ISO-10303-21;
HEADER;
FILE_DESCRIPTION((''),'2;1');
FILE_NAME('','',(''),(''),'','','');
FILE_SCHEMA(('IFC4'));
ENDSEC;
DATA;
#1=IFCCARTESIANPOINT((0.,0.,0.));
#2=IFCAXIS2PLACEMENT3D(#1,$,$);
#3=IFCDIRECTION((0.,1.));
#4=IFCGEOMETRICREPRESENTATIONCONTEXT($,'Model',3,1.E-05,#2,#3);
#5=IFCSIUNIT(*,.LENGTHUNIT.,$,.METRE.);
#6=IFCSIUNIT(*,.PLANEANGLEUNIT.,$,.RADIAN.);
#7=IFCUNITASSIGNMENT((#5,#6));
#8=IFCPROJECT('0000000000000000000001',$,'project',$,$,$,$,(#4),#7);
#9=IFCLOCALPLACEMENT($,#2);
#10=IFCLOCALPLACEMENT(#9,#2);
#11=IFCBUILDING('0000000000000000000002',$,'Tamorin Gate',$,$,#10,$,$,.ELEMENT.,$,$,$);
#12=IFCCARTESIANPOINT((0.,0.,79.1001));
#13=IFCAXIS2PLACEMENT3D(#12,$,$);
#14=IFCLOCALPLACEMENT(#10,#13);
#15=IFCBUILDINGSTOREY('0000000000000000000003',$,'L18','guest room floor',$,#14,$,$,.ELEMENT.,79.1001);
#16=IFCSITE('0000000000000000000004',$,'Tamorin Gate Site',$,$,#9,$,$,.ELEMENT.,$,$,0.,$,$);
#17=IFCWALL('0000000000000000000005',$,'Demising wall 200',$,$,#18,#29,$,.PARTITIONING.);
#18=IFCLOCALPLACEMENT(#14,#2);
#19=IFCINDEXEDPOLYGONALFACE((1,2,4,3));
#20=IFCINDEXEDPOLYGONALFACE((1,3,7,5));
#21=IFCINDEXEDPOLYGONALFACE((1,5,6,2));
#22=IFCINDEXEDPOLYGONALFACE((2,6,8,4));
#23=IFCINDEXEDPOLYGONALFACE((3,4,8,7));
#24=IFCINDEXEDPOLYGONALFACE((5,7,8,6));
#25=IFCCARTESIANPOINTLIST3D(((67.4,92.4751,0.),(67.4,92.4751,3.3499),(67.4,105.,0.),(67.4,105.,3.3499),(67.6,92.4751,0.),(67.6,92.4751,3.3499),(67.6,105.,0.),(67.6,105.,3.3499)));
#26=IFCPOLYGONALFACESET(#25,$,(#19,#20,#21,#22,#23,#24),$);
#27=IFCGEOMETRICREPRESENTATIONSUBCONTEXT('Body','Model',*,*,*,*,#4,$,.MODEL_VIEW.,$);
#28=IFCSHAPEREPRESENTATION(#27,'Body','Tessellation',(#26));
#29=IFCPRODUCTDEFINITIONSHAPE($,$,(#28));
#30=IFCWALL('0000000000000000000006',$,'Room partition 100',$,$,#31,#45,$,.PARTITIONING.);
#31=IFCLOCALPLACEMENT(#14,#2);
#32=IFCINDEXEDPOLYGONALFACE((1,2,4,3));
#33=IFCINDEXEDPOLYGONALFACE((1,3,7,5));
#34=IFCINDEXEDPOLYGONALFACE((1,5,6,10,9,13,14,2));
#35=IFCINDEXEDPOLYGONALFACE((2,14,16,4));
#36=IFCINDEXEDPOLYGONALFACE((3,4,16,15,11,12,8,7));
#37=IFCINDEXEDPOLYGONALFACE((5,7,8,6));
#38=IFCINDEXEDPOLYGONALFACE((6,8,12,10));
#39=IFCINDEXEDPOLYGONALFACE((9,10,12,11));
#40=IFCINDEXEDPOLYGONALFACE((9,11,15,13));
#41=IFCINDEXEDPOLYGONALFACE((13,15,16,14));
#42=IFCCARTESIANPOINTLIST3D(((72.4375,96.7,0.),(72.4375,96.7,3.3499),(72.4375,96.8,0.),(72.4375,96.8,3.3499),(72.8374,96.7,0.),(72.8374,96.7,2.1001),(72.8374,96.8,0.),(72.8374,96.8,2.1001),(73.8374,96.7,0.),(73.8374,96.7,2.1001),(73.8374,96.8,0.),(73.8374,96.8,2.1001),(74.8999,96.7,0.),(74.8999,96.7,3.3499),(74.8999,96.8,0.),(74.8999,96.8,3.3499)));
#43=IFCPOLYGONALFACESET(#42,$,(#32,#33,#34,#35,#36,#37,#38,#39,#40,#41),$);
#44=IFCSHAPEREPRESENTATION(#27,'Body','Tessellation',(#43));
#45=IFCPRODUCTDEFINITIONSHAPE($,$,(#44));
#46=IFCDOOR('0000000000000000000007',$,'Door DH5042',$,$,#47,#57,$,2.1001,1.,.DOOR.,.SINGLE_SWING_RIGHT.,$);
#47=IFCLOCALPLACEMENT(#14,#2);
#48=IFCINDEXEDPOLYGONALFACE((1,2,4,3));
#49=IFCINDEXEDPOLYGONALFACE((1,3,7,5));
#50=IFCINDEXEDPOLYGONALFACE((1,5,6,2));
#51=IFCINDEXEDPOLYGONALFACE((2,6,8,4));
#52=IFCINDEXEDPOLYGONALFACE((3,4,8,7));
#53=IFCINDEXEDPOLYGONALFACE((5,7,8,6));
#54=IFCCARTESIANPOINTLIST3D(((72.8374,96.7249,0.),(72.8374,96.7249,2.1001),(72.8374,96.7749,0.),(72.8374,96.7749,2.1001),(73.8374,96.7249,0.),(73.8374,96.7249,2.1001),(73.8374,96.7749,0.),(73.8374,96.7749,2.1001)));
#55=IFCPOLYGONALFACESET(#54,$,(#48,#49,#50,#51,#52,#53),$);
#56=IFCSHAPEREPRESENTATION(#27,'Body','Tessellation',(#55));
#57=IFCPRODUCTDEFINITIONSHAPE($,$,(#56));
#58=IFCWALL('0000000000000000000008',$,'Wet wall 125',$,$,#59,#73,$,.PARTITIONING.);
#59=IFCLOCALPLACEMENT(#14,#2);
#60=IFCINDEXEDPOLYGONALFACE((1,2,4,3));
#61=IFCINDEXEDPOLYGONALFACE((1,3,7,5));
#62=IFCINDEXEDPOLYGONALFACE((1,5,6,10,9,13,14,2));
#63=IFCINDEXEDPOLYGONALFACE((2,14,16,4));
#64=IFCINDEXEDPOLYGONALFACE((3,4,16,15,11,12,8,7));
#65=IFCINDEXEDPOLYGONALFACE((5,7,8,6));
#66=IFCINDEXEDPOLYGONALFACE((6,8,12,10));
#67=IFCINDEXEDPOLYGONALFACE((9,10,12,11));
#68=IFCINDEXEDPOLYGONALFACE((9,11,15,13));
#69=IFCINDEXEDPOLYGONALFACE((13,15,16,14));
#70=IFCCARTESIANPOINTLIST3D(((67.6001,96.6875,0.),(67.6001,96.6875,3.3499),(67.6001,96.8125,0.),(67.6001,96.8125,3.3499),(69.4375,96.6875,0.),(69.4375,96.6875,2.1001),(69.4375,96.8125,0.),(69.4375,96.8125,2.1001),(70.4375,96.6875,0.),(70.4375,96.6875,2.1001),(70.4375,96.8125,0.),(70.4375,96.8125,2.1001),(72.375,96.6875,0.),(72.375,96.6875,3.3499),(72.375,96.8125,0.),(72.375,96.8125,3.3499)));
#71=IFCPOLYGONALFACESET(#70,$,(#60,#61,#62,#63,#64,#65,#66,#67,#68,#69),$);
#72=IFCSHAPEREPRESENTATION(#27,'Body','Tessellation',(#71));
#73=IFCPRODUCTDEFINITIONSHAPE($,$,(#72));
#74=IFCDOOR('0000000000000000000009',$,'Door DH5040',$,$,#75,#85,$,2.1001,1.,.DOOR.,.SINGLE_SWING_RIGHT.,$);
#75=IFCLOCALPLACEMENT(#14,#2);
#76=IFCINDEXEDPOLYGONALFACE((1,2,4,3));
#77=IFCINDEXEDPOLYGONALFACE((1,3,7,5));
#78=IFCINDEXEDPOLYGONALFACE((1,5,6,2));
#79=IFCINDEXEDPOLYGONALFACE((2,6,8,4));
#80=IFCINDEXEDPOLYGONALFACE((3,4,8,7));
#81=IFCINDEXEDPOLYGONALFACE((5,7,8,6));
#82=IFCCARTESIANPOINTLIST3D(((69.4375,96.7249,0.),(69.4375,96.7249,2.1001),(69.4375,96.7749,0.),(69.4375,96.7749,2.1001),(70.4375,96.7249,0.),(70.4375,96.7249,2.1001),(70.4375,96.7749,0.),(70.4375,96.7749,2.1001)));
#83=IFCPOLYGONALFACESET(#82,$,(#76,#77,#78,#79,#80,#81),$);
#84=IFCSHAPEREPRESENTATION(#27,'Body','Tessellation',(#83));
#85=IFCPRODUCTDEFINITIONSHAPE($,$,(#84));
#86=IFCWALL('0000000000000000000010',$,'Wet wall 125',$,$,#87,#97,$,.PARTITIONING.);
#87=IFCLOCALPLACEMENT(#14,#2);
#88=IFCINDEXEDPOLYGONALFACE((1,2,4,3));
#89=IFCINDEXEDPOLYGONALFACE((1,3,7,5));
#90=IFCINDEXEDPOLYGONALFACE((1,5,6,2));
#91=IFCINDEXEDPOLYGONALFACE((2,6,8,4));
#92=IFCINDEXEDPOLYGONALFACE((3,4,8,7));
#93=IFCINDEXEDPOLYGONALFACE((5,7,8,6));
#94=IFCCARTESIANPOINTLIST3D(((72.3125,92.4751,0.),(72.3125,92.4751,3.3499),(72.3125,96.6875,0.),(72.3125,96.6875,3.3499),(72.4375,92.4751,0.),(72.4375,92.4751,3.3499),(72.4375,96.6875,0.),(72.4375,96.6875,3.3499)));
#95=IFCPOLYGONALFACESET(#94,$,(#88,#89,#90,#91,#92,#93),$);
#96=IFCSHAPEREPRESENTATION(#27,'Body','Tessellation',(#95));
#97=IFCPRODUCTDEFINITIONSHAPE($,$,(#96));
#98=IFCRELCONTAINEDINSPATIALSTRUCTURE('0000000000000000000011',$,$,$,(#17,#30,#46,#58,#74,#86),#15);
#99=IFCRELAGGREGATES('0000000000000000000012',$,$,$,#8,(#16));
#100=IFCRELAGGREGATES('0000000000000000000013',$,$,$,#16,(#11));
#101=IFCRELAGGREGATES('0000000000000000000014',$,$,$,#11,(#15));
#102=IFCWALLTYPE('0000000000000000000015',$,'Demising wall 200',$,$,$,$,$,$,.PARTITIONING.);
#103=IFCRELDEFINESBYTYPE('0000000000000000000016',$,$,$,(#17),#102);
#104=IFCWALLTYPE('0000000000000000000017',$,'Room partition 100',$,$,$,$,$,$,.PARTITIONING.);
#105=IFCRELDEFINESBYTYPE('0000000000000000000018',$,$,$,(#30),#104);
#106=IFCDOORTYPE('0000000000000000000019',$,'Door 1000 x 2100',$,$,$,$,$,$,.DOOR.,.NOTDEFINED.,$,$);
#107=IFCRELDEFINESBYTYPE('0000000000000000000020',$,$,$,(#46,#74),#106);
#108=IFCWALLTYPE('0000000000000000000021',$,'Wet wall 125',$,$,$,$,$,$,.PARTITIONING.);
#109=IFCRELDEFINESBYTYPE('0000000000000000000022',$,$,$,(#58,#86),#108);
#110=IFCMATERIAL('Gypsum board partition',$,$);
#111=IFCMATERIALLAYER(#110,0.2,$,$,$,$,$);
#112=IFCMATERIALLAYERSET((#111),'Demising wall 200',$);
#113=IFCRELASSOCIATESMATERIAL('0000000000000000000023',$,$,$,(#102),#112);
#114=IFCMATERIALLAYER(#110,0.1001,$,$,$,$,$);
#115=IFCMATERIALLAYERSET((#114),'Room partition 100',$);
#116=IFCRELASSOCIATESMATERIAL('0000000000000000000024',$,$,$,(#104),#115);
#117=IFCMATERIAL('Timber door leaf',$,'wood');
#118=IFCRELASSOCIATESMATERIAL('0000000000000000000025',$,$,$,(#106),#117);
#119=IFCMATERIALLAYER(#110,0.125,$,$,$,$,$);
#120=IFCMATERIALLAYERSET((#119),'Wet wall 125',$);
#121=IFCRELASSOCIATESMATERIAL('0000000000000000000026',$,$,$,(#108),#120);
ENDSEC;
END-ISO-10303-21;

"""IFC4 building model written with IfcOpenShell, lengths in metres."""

from ifc_helpers import new_model, si_unit, direction, frame, frame_2d, origin, place, context, subcontext, project, spatial, rectangle, extrude, material, layer, layer_set, type_object, element, fill, save


model = new_model("IFC4")

# Units and contexts
model_context = context("Model", 3, precision=1e-05, world=origin(), true_north=direction((0.0, 1.0)))
body_context = subcontext(model_context, "Body", "Model", "MODEL_VIEW")
ifc_project = project(units=[si_unit("LENGTHUNIT", "METRE"), si_unit("PLANEANGLEUNIT", "RADIAN")], contexts=[model_context])

# Site, building, storey
site_placement = place(None, origin())
site = spatial("IfcSite", under=ifc_project, at=site_placement, Name="Tamorin Gate Site", CompositionType="ELEMENT", RefElevation=0.0)
building_placement = place(site_placement, origin())
building = spatial("IfcBuilding", under=site, at=building_placement, Name="Tamorin Gate", CompositionType="ELEMENT")
storey_placement = place(building_placement, frame((0.0, 0.0, 79.1001)))
storey = spatial("IfcBuildingStorey", under=building, at=storey_placement, Name="L18", Description="guest room floor", CompositionType="ELEMENT", Elevation=79.1001)

# Wall
ifc_material_1 = material(Name="Gypsum board partition")
ifc_layer_1 = layer(ifc_material_1, 0.2)
ifc_layer_set_1 = layer_set([ifc_layer_1], Name="Demising wall 200")
wall_type_1 = type_object("IfcWallType", Name="Demising wall 200", PredefinedType="PARTITIONING", material=ifc_layer_set_1)
wall_1_placement = place(storey_placement, frame((67.5, 92.4751, 0.0), z_axis=(0.0, 0.0, 1.0), x_axis=(0.0, 1.0, 0.0)))
element("IfcWall", 1, at=wall_1_placement, inside=storey, type_object=wall_type_1, Name="Demising wall 200", PredefinedType="PARTITIONING", context=body_context, shape_type="SweptSolid", body=[
    extrude(rectangle(XDim=12.5249, YDim=0.2, at=frame_2d((6.2625, 0.0))), origin(), (0.0, 0.0, 1.0), 3.3499),
])

# Walls, openings, doors
ifc_layer_2 = layer(ifc_material_1, 0.1001)
ifc_layer_set_2 = layer_set([ifc_layer_2], Name="Room partition 100")
wall_type_2 = type_object("IfcWallType", Name="Room partition 100", PredefinedType="PARTITIONING", material=ifc_layer_set_2)
wall_2_placement = place(storey_placement, frame((72.4375, 96.75, 0.0), z_axis=(0.0, 0.0, 1.0), x_axis=(1.0, 0.0, 0.0)))
wall_2 = element("IfcWall", 2, at=wall_2_placement, inside=storey, type_object=wall_type_2, Name="Room partition 100", PredefinedType="PARTITIONING", context=body_context, shape_type="SweptSolid", body=[
    extrude(rectangle(XDim=2.4624, YDim=0.1001, at=frame_2d((1.2312, 0.0))), origin(), (0.0, 0.0, 1.0), 3.3499),
])
opening_1_placement = place(wall_2_placement, frame((0.3999, 0.0, 0.0)))
opening_1 = element("IfcOpeningElement", 3, at=opening_1_placement, cuts=wall_2, PredefinedType="OPENING", context=body_context, shape_type="SweptSolid", body=[
    extrude(rectangle(XDim=1.0, YDim=2.1001, at=frame_2d((0.5, 1.05))), frame((0.0, 0.0601, 0.0), z_axis=(0.0, -1.0, 0.0), x_axis=(1.0, 0.0, 0.0)), (0.0, 0.0, 1.0), 0.1201),
])
ifc_material_2 = material(Name="Timber door leaf", Category="wood")
door_type = type_object("IfcDoorType", Name="Door 1000 x 2100", OperationType="NOTDEFINED", PredefinedType="DOOR", material=ifc_material_2)
door_1_placement = place(opening_1_placement, origin())
door_1 = element("IfcDoor", 4, at=door_1_placement, inside=storey, type_object=door_type, Name="Door DH5042", OperationType="SINGLE_SWING_RIGHT", OverallHeight=2.1001, OverallWidth=1.0, PredefinedType="DOOR", context=body_context, shape_type="SweptSolid", body=[
    extrude(rectangle(XDim=1.0, YDim=2.1001, at=frame_2d((0.5, 1.05))), frame((0.0, 0.0249, 0.0), z_axis=(0.0, -1.0, 0.0), x_axis=(1.0, 0.0, 0.0)), (0.0, 0.0, 1.0), 0.05),
])
fill(opening_1, door_1)
ifc_layer_3 = layer(ifc_material_1, 0.125)
ifc_layer_set_3 = layer_set([ifc_layer_3], Name="Wet wall 125")
wall_type_3 = type_object("IfcWallType", Name="Wet wall 125", PredefinedType="PARTITIONING", material=ifc_layer_set_3)
wall_3_placement = place(storey_placement, frame((67.6001, 96.75, 0.0), z_axis=(0.0, 0.0, 1.0), x_axis=(1.0, 0.0, 0.0)))
wall_3 = element("IfcWall", 5, at=wall_3_placement, inside=storey, type_object=wall_type_3, Name="Wet wall 125", PredefinedType="PARTITIONING", context=body_context, shape_type="SweptSolid", body=[
    extrude(rectangle(XDim=4.7749, YDim=0.125, at=frame_2d((2.3875, 0.0))), origin(), (0.0, 0.0, 1.0), 3.3499),
])
opening_2_placement = place(wall_3_placement, frame((1.8374, 0.0, 0.0)))
opening_2 = element("IfcOpeningElement", 6, at=opening_2_placement, cuts=wall_3, PredefinedType="OPENING", context=body_context, shape_type="SweptSolid", body=[
    extrude(rectangle(XDim=1.0, YDim=2.1001, at=frame_2d((0.5, 1.05))), frame((0.0, 0.0725, 0.0), z_axis=(0.0, -1.0, 0.0), x_axis=(1.0, 0.0, 0.0)), (0.0, 0.0, 1.0), 0.145),
])
door_2_placement = place(opening_2_placement, origin())
door_2 = element("IfcDoor", 7, at=door_2_placement, inside=storey, type_object=door_type, Name="Door DH5040", OperationType="SINGLE_SWING_RIGHT", OverallHeight=2.1001, OverallWidth=1.0, PredefinedType="DOOR", context=body_context, shape_type="SweptSolid", body=[
    extrude(rectangle(XDim=1.0, YDim=2.1001, at=frame_2d((0.5, 1.05))), frame((0.0, 0.0249, 0.0), z_axis=(0.0, -1.0, 0.0), x_axis=(1.0, 0.0, 0.0)), (0.0, 0.0, 1.0), 0.05),
])
fill(opening_2, door_2)

# Wall
wall_4_placement = place(storey_placement, frame((72.375, 92.4751, 0.0), z_axis=(0.0, 0.0, 1.0), x_axis=(0.0, 1.0, 0.0)))
element("IfcWall", 8, at=wall_4_placement, inside=storey, type_object=wall_type_3, Name="Wet wall 125", PredefinedType="PARTITIONING", context=body_context, shape_type="SweptSolid", body=[
    extrude(rectangle(XDim=4.2124, YDim=0.125, at=frame_2d((2.1062, 0.0))), origin(), (0.0, 0.0, 1.0), 3.3499),
])

save(model, "model.ifc")
